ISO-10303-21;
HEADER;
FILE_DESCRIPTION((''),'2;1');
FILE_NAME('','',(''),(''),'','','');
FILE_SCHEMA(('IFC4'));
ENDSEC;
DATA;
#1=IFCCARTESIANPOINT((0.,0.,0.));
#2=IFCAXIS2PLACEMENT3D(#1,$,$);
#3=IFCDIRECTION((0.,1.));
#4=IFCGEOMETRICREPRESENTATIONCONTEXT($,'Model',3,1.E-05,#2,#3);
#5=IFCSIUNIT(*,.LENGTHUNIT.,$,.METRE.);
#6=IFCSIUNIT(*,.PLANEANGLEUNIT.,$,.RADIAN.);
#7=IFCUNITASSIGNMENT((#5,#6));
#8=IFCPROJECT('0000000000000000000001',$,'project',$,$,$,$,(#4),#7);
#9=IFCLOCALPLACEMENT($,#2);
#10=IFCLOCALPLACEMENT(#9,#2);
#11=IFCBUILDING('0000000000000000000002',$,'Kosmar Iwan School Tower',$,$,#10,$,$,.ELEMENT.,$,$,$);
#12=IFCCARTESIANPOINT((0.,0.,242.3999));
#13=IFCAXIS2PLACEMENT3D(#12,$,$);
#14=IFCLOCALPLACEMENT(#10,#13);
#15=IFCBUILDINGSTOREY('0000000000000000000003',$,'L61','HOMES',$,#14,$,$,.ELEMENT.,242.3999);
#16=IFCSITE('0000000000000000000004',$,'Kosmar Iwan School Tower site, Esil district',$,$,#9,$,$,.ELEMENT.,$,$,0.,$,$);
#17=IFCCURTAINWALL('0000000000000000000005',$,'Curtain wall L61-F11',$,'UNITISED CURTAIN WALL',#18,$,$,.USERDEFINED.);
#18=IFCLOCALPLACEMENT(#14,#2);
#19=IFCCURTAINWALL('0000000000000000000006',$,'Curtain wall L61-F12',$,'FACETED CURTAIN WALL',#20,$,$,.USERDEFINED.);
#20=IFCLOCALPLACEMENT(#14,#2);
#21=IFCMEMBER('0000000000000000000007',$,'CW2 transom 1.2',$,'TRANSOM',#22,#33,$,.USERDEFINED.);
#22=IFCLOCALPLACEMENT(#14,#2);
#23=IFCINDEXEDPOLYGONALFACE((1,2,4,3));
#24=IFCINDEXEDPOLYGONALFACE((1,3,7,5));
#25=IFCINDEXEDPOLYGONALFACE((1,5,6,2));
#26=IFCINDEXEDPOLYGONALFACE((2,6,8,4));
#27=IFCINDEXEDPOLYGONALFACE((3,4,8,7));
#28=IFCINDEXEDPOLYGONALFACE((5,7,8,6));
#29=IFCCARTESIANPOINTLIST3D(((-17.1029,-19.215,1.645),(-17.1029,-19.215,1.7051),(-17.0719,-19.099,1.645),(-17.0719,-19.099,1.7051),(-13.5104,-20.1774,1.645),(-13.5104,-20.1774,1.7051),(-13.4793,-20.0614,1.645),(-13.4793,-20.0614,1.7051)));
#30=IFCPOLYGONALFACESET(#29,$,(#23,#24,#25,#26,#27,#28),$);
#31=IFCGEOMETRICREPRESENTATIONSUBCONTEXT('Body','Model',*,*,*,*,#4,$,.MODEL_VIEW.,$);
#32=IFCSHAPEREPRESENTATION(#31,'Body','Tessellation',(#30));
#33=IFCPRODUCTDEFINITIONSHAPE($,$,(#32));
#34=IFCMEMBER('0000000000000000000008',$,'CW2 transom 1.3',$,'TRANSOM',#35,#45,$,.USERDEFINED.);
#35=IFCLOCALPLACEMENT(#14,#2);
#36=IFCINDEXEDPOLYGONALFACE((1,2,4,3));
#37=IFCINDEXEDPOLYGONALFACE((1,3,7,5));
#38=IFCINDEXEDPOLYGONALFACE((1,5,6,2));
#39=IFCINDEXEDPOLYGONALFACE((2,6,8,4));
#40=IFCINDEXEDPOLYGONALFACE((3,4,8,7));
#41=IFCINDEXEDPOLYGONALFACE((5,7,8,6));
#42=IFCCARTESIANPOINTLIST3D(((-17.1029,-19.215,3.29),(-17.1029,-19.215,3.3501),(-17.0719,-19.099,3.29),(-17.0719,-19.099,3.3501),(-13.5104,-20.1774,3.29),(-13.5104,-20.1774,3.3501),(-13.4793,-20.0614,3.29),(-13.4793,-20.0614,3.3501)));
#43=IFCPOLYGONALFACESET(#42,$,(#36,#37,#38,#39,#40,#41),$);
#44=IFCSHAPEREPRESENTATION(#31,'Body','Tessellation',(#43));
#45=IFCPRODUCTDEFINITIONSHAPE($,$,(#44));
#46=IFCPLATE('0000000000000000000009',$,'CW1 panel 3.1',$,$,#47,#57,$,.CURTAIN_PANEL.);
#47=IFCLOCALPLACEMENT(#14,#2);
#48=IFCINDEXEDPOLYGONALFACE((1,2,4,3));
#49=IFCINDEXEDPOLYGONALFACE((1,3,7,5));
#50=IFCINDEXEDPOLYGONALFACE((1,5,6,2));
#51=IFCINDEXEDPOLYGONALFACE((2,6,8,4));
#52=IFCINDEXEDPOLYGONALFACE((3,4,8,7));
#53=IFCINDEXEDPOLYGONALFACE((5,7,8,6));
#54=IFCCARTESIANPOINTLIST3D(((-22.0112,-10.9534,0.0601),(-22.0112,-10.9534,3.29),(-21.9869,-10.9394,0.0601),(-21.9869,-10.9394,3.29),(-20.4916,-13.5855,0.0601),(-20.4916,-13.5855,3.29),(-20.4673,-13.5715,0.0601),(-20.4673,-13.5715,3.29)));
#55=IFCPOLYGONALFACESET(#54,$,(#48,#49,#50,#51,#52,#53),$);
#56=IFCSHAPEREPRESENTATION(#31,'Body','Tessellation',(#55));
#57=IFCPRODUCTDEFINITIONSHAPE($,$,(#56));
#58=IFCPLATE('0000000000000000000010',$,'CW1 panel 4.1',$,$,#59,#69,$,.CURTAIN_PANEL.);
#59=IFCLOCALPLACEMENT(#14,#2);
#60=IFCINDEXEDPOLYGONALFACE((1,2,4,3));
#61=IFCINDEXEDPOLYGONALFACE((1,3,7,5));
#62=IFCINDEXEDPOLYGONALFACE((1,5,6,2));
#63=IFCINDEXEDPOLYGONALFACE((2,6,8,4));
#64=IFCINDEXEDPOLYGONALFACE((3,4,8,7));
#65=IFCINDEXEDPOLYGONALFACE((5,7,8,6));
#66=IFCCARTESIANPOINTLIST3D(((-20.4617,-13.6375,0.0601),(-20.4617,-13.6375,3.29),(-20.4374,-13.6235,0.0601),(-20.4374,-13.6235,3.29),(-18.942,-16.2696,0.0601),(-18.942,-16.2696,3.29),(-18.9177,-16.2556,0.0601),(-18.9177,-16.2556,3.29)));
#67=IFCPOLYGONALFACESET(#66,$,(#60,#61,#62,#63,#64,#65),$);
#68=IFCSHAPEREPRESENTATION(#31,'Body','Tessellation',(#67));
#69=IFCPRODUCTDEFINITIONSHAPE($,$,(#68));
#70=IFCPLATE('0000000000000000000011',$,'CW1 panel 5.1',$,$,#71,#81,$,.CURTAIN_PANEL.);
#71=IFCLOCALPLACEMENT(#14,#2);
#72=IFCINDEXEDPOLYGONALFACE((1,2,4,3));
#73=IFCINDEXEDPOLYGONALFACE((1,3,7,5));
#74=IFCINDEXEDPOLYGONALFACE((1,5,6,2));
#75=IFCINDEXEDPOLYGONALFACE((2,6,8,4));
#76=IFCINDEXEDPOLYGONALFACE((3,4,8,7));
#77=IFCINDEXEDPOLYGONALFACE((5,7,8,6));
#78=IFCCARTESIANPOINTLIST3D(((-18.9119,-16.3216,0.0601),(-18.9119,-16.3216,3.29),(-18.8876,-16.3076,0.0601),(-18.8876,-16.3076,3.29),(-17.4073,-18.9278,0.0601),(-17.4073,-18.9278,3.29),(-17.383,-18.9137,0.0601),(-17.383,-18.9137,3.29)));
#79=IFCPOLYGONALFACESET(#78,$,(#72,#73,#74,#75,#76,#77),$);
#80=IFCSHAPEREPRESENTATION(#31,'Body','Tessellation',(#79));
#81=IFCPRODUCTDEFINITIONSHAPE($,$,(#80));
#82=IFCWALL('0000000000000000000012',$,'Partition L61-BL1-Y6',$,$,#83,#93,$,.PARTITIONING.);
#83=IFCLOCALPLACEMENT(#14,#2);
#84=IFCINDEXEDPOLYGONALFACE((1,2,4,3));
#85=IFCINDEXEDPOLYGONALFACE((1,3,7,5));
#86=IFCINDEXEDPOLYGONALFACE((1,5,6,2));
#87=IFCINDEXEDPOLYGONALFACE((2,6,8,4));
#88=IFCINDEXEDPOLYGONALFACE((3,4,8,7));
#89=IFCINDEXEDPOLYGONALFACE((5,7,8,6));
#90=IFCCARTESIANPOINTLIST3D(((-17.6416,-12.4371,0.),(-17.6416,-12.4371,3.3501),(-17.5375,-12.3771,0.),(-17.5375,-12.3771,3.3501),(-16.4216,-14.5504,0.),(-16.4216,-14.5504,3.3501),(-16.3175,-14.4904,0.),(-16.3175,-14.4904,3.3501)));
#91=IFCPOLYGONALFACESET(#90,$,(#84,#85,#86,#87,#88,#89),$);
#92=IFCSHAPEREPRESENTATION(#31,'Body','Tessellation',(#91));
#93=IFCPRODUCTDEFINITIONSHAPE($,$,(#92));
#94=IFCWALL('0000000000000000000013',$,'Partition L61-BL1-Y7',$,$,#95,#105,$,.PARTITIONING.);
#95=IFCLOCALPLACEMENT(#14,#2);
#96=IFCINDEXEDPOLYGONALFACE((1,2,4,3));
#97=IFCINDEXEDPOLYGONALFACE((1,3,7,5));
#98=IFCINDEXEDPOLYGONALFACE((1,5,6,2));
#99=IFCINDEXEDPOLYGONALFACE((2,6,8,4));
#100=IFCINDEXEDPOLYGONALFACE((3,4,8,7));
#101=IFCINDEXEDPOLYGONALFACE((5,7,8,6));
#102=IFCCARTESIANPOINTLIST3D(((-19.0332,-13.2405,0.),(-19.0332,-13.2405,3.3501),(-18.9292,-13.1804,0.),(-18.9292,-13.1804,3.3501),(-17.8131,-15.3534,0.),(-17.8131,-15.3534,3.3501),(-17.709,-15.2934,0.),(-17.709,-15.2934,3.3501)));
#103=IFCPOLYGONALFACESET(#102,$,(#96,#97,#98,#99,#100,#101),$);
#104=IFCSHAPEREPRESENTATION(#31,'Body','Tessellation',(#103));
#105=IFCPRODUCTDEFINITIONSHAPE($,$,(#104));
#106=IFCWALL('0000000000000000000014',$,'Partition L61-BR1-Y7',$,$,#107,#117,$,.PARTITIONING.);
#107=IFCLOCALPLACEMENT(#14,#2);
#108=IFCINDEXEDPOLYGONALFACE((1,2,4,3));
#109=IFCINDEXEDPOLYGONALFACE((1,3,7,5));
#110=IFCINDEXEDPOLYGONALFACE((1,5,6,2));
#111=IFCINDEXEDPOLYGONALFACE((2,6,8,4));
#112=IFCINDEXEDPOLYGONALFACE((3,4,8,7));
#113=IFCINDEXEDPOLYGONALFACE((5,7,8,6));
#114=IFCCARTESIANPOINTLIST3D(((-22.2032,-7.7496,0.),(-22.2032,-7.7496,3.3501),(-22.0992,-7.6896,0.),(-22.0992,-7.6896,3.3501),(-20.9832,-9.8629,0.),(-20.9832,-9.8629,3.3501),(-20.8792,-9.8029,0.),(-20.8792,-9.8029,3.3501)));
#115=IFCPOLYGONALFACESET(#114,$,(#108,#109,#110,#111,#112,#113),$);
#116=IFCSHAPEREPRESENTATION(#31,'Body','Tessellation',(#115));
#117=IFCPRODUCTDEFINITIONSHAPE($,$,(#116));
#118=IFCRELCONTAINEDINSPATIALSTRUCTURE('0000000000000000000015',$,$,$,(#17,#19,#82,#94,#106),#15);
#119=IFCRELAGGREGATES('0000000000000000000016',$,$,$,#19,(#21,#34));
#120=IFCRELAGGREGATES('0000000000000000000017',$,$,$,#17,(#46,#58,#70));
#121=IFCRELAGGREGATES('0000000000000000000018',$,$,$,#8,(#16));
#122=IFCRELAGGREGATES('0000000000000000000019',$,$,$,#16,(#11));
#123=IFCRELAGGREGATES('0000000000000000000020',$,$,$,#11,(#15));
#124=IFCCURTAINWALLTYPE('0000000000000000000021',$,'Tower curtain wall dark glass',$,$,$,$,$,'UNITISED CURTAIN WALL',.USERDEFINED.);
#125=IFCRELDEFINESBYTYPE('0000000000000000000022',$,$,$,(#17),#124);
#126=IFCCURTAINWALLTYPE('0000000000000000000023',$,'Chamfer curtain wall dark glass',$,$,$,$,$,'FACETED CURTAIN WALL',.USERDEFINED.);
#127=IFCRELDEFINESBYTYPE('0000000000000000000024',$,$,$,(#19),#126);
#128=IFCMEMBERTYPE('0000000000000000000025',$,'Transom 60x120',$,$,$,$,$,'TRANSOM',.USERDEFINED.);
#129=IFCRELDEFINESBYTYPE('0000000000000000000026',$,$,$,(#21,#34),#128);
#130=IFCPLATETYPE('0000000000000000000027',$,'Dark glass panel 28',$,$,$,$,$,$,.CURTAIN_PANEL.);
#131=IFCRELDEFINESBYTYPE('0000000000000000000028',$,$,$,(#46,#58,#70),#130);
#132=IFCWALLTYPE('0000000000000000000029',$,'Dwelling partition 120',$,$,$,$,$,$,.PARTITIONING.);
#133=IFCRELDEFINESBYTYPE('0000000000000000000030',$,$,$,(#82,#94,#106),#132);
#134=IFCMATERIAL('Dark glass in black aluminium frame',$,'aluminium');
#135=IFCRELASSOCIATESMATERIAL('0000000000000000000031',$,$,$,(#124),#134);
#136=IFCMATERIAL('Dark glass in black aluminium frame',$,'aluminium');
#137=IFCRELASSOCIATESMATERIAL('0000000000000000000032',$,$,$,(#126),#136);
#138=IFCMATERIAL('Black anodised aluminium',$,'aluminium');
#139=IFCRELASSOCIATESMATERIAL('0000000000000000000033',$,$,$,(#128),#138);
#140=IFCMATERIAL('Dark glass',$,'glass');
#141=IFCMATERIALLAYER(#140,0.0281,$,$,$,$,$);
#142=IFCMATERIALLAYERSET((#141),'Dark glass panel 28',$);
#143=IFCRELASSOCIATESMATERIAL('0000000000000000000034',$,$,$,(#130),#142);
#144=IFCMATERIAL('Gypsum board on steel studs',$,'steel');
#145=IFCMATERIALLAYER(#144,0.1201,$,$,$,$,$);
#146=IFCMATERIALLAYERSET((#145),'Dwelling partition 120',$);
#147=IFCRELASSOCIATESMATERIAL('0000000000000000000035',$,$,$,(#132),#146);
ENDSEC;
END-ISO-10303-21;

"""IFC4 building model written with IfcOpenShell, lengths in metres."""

from ifc_helpers import new_model, si_unit, direction, frame, frame_2d, origin, origin_2d, place, context, subcontext, project, spatial, rectangle, extrude, material, layer, layer_set, material_profile, profile_set, type_object, element, aggregate, save


model = new_model("IFC4")

# Units and contexts
model_context = context("Model", 3, precision=1e-05, world=origin(), true_north=direction((0.0, 1.0)))
body_context = subcontext(model_context, "Body", "Model", "MODEL_VIEW")
ifc_project = project(units=[si_unit("LENGTHUNIT", "METRE"), si_unit("PLANEANGLEUNIT", "RADIAN")], contexts=[model_context])

# Site, building, storey
site_placement = place(None, origin())
site = spatial("IfcSite", under=ifc_project, at=site_placement, Name="Kosmar Iwan School Tower site, Esil district", CompositionType="ELEMENT", RefElevation=0.0)
building_placement = place(site_placement, origin())
building = spatial("IfcBuilding", under=site, at=building_placement, Name="Kosmar Iwan School Tower", CompositionType="ELEMENT")
storey_placement = place(building_placement, frame((0.0, 0.0, 242.3999)))
storey = spatial("IfcBuildingStorey", under=building, at=storey_placement, Name="L61", Description="HOMES", CompositionType="ELEMENT", Elevation=242.3999)

# Curtain wall
ifc_material_1 = material(Name="Dark glass in black aluminium frame", Category="aluminium")
curtain_wall_type_1 = type_object("IfcCurtainWallType", Name="Tower curtain wall dark glass", ElementType="UNITISED CURTAIN WALL", PredefinedType="USERDEFINED", material=ifc_material_1)
curtain_wall_1_placement = place(storey_placement, origin())
curtain_wall_1 = element("IfcCurtainWall", 1, at=curtain_wall_1_placement, inside=storey, type_object=curtain_wall_type_1, Name="Curtain wall L61-F11", ObjectType="UNITISED CURTAIN WALL", PredefinedType="USERDEFINED")

# Curtain wall
ifc_material_2 = material(Name="Dark glass in black aluminium frame", Category="aluminium")
curtain_wall_type_2 = type_object("IfcCurtainWallType", Name="Chamfer curtain wall dark glass", ElementType="FACETED CURTAIN WALL", PredefinedType="USERDEFINED", material=ifc_material_2)
curtain_wall_2_placement = place(storey_placement, origin())
curtain_wall_2 = element("IfcCurtainWall", 2, at=curtain_wall_2_placement, inside=storey, type_object=curtain_wall_type_2, Name="Curtain wall L61-F12", ObjectType="FACETED CURTAIN WALL", PredefinedType="USERDEFINED")

# Members
ifc_material_3 = material(Name="Black anodised aluminium", Category="aluminium")
ifc_material_profile_1 = material_profile(ifc_material_3, rectangle(XDim=0.1201, YDim=0.0601, at=origin_2d()), Name="TRANSOM 60x120")
ifc_profile_set_1 = profile_set([ifc_material_profile_1], Name="Black anodised aluminium")
member_type_1 = type_object("IfcMemberType", Name="Transom 60x120", ElementType="TRANSOM", PredefinedType="USERDEFINED", material=ifc_profile_set_1)
member_1_placement = place(storey_placement, frame((-17.0874, -19.157, 1.675), z_axis=(0.96594, -0.258766, 0.0), x_axis=(0.258766, 0.96594, 0.0)))
member_1 = element("IfcMember", 3, at=member_1_placement, type_object=member_type_1, Name="CW2 transom 1.2", ObjectType="TRANSOM", PredefinedType="USERDEFINED", context=body_context, shape_type="SweptSolid", body=[
    extrude(rectangle(XDim=0.1201, YDim=0.0601, at=origin_2d()), origin(), (0.0, 0.0, 1.0), 3.7192),
])
member_2_placement = place(storey_placement, frame((-17.0874, -19.157, 3.3201), z_axis=(0.96594, -0.258766, 0.0), x_axis=(0.258766, 0.96594, 0.0)))
member_2 = element("IfcMember", 4, at=member_2_placement, type_object=member_type_1, Name="CW2 transom 1.3", ObjectType="TRANSOM", PredefinedType="USERDEFINED", context=body_context, shape_type="SweptSolid", body=[
    extrude(rectangle(XDim=0.1201, YDim=0.0601, at=origin_2d()), origin(), (0.0, 0.0, 1.0), 3.7192),
])
aggregate(curtain_wall_2, [member_1, member_2])

# Plates
ifc_material_4 = material(Name="Dark glass", Category="glass")
ifc_layer_1 = layer(ifc_material_4, 0.0281)
ifc_layer_set_1 = layer_set([ifc_layer_1], Name="Dark glass panel 28")
plate_type = type_object("IfcPlateType", Name="Dark glass panel 28", PredefinedType="CURTAIN_PANEL", material=ifc_layer_set_1)
plate_1_placement = place(storey_placement, frame((-21.2393, -12.2625, 0.0601), z_axis=(0.0, 0.0, 1.0), x_axis=(0.5, -0.866025, 0.0)))
plate_1 = element("IfcPlate", 5, at=plate_1_placement, type_object=plate_type, Name="CW1 panel 3.1", PredefinedType="CURTAIN_PANEL", context=body_context, shape_type="SweptSolid", body=[
    extrude(rectangle(XDim=3.0393, YDim=0.0281, at=origin_2d()), origin(), (0.0, 0.0, 1.0), 3.23),
])
plate_2_placement = place(storey_placement, frame((-19.6897, -14.9465, 0.0601), z_axis=(0.0, 0.0, 1.0), x_axis=(0.5, -0.866025, 0.0)))
plate_2 = element("IfcPlate", 6, at=plate_2_placement, type_object=plate_type, Name="CW1 panel 4.1", PredefinedType="CURTAIN_PANEL", context=body_context, shape_type="SweptSolid", body=[
    extrude(rectangle(XDim=3.0393, YDim=0.0281, at=origin_2d()), origin(), (0.0, 0.0, 1.0), 3.23),
])
plate_3_placement = place(storey_placement, frame((-18.1475, -17.6177, 0.0601), z_axis=(0.0, 0.0, 1.0), x_axis=(0.5, -0.866025, 0.0)))
plate_3 = element("IfcPlate", 7, at=plate_3_placement, type_object=plate_type, Name="CW1 panel 5.1", PredefinedType="CURTAIN_PANEL", context=body_context, shape_type="SweptSolid", body=[
    extrude(rectangle(XDim=3.0093, YDim=0.0281, at=origin_2d()), origin(), (0.0, 0.0, 1.0), 3.23),
])
aggregate(curtain_wall_1, [plate_1, plate_2, plate_3])

# Walls
ifc_material_5 = material(Name="Gypsum board on steel studs", Category="steel")
ifc_layer_2 = layer(ifc_material_5, 0.1201)
ifc_layer_set_2 = layer_set([ifc_layer_2], Name="Dwelling partition 120")
wall_type = type_object("IfcWallType", Name="Dwelling partition 120", PredefinedType="PARTITIONING", material=ifc_layer_set_2)
wall_1_placement = place(storey_placement, frame((-17.5896, -12.407, 0.0), z_axis=(0.0, 0.0, 1.0), x_axis=(0.499959, -0.866049, 0.0)))
element("IfcWall", 8, at=wall_1_placement, inside=storey, type_object=wall_type, Name="Partition L61-BL1-Y6", PredefinedType="PARTITIONING", context=body_context, shape_type="SweptSolid", body=[
    extrude(rectangle(XDim=2.4402, YDim=0.1201, at=frame_2d((1.2202, 0.0))), origin(), (0.0, 0.0, 1.0), 3.3501),
])
wall_2_placement = place(storey_placement, frame((-18.9812, -13.2104, 0.0), z_axis=(0.0, 0.0, 1.0), x_axis=(0.500078, -0.865981, 0.0)))
element("IfcWall", 9, at=wall_2_placement, inside=storey, type_object=wall_type, Name="Partition L61-BL1-Y7", PredefinedType="PARTITIONING", context=body_context, shape_type="SweptSolid", body=[
    extrude(rectangle(XDim=2.4399, YDim=0.1201, at=frame_2d((1.22, 0.0))), origin(), (0.0, 0.0, 1.0), 3.3501),
])
wall_3_placement = place(storey_placement, frame((-20.9312, -9.833, 0.0), z_axis=(0.0, 0.0, 1.0), x_axis=(-0.499959, 0.866049, 0.0)))
element("IfcWall", 10, at=wall_3_placement, inside=storey, type_object=wall_type, Name="Partition L61-BR1-Y7", PredefinedType="PARTITIONING", context=body_context, shape_type="SweptSolid", body=[
    extrude(rectangle(XDim=2.4402, YDim=0.1201, at=frame_2d((1.2202, 0.0))), origin(), (0.0, 0.0, 1.0), 3.3501),
])

save(model, "model.ifc")
